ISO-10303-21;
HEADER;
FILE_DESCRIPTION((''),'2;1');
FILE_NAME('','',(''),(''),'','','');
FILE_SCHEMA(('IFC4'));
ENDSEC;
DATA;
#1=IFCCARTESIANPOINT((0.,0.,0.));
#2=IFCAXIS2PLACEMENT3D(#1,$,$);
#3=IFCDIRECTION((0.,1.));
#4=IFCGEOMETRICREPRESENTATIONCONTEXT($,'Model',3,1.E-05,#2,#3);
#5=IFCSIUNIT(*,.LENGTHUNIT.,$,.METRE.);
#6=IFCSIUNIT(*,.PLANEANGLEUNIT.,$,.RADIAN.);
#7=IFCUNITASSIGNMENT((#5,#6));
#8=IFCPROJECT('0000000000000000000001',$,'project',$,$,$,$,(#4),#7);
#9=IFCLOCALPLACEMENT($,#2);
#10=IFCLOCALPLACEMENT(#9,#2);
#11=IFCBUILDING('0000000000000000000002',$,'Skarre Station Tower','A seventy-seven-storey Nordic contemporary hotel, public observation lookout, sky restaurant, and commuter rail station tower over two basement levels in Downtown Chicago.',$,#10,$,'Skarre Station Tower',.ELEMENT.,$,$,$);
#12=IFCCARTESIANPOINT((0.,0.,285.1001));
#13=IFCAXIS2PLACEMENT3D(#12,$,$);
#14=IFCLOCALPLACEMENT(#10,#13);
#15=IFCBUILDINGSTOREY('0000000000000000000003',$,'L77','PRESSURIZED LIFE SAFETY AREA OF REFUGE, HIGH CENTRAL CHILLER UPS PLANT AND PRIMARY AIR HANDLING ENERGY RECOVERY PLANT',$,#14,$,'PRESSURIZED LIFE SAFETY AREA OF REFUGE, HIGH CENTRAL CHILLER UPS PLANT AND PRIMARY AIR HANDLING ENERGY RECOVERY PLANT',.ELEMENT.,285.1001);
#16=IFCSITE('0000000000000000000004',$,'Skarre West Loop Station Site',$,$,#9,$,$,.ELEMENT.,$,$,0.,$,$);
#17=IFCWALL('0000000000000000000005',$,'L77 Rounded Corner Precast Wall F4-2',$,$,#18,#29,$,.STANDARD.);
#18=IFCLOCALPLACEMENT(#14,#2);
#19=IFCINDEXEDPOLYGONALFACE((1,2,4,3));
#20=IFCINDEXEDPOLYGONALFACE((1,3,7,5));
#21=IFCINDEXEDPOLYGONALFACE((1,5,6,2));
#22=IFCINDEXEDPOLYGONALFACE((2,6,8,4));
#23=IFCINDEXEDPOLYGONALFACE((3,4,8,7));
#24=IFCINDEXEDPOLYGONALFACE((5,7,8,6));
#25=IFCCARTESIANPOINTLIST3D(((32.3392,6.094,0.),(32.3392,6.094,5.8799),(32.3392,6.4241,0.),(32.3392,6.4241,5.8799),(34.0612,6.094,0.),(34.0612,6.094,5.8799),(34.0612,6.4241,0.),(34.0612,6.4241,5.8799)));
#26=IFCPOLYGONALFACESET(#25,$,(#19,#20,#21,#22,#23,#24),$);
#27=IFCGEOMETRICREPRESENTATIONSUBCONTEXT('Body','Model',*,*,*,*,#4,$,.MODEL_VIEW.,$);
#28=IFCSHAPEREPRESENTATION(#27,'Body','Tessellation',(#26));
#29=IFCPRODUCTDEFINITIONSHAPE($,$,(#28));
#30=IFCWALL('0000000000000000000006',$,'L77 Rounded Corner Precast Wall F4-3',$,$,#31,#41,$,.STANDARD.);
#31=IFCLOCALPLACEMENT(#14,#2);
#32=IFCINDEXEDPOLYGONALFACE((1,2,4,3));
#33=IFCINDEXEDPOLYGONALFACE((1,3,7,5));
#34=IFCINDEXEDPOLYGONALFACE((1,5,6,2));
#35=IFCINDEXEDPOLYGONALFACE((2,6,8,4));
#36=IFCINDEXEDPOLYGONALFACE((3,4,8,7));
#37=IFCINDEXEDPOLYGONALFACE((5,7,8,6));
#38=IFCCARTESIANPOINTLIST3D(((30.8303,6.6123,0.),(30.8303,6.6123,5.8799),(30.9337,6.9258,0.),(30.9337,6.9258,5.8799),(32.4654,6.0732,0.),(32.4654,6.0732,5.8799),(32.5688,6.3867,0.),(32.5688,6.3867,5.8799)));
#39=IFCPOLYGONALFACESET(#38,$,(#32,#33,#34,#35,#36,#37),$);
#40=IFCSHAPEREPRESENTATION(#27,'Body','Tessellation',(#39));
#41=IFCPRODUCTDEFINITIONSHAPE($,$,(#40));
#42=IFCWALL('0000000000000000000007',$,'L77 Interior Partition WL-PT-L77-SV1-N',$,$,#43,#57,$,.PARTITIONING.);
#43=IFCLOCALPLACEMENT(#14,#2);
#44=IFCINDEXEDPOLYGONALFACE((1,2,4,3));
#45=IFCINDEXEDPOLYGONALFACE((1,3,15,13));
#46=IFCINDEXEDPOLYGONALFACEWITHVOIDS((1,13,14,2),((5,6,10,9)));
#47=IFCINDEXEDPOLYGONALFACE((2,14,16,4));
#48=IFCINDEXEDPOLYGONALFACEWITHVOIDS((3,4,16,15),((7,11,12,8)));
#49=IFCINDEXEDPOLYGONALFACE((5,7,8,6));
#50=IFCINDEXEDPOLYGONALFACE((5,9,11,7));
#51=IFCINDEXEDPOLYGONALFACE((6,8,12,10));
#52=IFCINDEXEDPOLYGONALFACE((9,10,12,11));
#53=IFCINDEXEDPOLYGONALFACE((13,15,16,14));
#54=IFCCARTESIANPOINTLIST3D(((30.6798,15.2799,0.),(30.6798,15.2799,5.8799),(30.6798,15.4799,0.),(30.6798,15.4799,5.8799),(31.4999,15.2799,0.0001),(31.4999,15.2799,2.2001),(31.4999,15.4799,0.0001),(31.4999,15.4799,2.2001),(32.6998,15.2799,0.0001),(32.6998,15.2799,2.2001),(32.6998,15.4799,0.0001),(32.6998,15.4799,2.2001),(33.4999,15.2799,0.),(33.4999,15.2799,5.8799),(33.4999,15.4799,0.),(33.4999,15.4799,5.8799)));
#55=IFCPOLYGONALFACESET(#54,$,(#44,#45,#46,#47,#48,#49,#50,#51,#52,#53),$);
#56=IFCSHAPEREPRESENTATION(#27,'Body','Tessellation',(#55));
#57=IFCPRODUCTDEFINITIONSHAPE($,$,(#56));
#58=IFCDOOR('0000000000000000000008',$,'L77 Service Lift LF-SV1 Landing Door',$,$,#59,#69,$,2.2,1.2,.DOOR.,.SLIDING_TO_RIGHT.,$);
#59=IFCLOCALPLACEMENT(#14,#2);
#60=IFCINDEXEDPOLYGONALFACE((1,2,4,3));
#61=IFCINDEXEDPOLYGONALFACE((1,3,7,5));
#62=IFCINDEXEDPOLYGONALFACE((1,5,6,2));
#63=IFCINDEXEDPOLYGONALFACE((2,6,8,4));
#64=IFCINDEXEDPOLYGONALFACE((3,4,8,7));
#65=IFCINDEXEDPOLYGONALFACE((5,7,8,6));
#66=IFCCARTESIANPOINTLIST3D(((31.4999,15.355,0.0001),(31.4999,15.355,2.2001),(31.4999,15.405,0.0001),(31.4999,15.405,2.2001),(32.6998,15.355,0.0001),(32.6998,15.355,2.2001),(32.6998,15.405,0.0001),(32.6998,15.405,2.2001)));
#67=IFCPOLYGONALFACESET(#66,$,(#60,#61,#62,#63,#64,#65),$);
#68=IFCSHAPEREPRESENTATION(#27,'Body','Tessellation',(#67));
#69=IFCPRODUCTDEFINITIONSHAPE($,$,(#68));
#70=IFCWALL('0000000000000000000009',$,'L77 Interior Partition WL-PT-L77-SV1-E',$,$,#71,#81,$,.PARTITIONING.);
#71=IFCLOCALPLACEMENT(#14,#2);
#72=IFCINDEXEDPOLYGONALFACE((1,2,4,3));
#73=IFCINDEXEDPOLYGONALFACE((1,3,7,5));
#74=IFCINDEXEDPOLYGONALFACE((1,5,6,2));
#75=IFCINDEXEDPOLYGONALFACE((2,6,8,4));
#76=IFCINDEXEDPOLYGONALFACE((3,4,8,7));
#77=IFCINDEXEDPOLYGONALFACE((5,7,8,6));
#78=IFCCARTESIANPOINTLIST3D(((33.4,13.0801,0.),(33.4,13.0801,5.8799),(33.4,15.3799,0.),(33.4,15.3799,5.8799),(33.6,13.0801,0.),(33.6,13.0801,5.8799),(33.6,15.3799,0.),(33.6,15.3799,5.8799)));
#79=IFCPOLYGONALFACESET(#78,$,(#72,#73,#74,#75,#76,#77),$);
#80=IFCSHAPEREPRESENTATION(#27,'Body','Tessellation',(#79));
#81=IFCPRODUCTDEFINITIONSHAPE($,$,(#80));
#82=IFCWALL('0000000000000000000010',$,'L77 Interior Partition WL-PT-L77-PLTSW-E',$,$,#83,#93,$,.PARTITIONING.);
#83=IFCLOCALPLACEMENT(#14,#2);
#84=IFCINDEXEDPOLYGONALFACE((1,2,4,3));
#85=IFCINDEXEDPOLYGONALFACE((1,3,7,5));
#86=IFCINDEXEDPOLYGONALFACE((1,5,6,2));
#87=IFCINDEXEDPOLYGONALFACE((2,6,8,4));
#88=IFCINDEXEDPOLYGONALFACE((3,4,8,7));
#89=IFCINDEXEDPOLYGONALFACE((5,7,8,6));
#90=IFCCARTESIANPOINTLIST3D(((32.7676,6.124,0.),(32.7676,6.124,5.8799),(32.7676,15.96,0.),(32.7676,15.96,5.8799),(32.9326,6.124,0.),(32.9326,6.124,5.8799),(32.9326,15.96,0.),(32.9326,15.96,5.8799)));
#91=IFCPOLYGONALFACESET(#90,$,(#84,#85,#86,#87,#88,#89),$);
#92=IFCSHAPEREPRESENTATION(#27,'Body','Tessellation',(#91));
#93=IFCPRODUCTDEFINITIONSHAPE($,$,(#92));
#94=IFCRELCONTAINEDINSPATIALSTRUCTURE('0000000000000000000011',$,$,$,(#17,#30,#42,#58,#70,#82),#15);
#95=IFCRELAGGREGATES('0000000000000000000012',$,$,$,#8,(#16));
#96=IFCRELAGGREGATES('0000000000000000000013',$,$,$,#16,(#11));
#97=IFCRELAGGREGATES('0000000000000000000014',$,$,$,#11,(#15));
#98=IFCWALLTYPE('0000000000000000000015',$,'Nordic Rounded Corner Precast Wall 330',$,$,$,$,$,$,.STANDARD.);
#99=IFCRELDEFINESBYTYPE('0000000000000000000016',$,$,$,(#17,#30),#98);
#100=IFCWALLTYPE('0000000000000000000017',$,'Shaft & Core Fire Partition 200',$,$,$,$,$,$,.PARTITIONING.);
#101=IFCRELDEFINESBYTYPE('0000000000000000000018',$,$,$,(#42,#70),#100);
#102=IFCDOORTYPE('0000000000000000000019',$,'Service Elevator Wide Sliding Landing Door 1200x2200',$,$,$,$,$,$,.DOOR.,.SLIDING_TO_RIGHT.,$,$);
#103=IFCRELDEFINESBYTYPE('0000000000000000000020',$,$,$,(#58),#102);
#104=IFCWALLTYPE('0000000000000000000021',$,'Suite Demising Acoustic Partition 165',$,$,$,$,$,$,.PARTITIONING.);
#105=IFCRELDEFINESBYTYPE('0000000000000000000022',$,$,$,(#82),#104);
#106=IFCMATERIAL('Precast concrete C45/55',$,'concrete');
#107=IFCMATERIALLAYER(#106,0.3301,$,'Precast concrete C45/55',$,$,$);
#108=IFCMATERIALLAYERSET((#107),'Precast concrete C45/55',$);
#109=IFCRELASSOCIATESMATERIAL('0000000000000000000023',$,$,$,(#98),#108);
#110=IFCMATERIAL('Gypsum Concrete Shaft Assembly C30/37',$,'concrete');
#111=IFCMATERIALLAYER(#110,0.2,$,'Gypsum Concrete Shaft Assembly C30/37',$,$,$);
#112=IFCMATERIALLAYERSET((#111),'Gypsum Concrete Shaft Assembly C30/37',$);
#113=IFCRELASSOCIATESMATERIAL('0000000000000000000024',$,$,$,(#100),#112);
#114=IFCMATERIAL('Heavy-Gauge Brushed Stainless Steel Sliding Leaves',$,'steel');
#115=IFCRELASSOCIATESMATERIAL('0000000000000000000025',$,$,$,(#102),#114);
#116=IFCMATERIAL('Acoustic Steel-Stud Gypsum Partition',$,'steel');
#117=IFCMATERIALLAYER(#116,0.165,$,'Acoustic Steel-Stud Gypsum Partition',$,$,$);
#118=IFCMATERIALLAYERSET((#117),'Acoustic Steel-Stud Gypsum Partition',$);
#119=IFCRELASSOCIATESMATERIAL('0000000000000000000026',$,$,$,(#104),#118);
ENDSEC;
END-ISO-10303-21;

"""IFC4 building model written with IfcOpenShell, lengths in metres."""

from ifc_helpers import new_model, si_unit, direction, frame, frame_2d, origin, place, context, subcontext, project, spatial, rectangle, extrude, material, layer, layer_set, type_object, element, fill, save


model = new_model("IFC4")

# Units and contexts
model_context = context("Model", 3, precision=1e-05, world=origin(), true_north=direction((0.0, 1.0)))
body_context = subcontext(model_context, "Body", "Model", "MODEL_VIEW")
ifc_project = project(units=[si_unit("LENGTHUNIT", "METRE"), si_unit("PLANEANGLEUNIT", "RADIAN")], contexts=[model_context])

# Site, building, storey
site_placement = place(None, origin())
site = spatial("IfcSite", under=ifc_project, at=site_placement, Name="Skarre West Loop Station Site", CompositionType="ELEMENT", RefElevation=0.0)
building_placement = place(site_placement, origin())
building = spatial("IfcBuilding", under=site, at=building_placement, Name="Skarre Station Tower", Description="A seventy-seven-storey Nordic contemporary hotel, public observation lookout, sky restaurant, and commuter rail station tower over two basement levels in Downtown Chicago.", LongName="Skarre Station Tower", CompositionType="ELEMENT")
storey_placement = place(building_placement, frame((0.0, 0.0, 285.1001)))
storey = spatial("IfcBuildingStorey", under=building, at=storey_placement, Name="L77", Description="PRESSURIZED LIFE SAFETY AREA OF REFUGE, HIGH CENTRAL CHILLER UPS PLANT AND PRIMARY AIR HANDLING ENERGY RECOVERY PLANT", LongName="PRESSURIZED LIFE SAFETY AREA OF REFUGE, HIGH CENTRAL CHILLER UPS PLANT AND PRIMARY AIR HANDLING ENERGY RECOVERY PLANT", CompositionType="ELEMENT", Elevation=285.1001)

# Shared definitions
ifc_material_1 = material(Name="Acoustic Steel-Stud Gypsum Partition", Category="steel")

# Walls
ifc_material_2 = material(Name="Precast concrete C45/55", Category="concrete")
ifc_layer_1 = layer(ifc_material_2, 0.3301, Name="Precast concrete C45/55")
ifc_layer_set_1 = layer_set([ifc_layer_1], Name="Precast concrete C45/55")
wall_type_1 = type_object("IfcWallType", Name="Nordic Rounded Corner Precast Wall 330", PredefinedType="STANDARD", material=ifc_layer_set_1)
wall_1_placement = place(storey_placement, frame((34.061, 6.259, 0.0), z_axis=(0.0, 0.0, 1.0), x_axis=(-1.0, 0.0, 0.0)))
element("IfcWall", 1, at=wall_1_placement, inside=storey, type_object=wall_type_1, Name="L77 Rounded Corner Precast Wall F4-2", PredefinedType="STANDARD", context=body_context, shape_type="SweptSolid", body=[
    extrude(rectangle(XDim=1.7219, YDim=0.3301, at=frame_2d((0.8608, 0.0))), origin(), (0.0, 0.0, 1.0), 5.8799),
])
wall_2_placement = place(storey_placement, frame((32.5171, 6.23, 0.0), z_axis=(0.0, 0.0, 1.0), x_axis=(-0.949713, 0.31312, 0.0)))
element("IfcWall", 2, at=wall_2_placement, inside=storey, type_object=wall_type_1, Name="L77 Rounded Corner Precast Wall F4-3", PredefinedType="STANDARD", context=body_context, shape_type="SweptSolid", body=[
    extrude(rectangle(XDim=1.7217, YDim=0.3301, at=frame_2d((0.8608, 0.0))), origin(), (0.0, 0.0, 1.0), 5.8799),
])

# Wall, opening, door
ifc_material_3 = material(Name="Gypsum Concrete Shaft Assembly C30/37", Category="concrete")
ifc_layer_2 = layer(ifc_material_3, 0.2, Name="Gypsum Concrete Shaft Assembly C30/37")
ifc_layer_set_2 = layer_set([ifc_layer_2], Name="Gypsum Concrete Shaft Assembly C30/37")
wall_type_2 = type_object("IfcWallType", Name="Shaft & Core Fire Partition 200", PredefinedType="PARTITIONING", material=ifc_layer_set_2)
wall_3_placement = place(storey_placement, frame((33.5, 15.3799, 0.0), z_axis=(0.0, 0.0, 1.0), x_axis=(-1.0, 0.0, 0.0)))
wall_3 = element("IfcWall", 3, at=wall_3_placement, inside=storey, type_object=wall_type_2, Name="L77 Interior Partition WL-PT-L77-SV1-N", PredefinedType="PARTITIONING", context=body_context, shape_type="SweptSolid", body=[
    extrude(rectangle(XDim=2.8201, YDim=0.2, at=frame_2d((1.4102, 0.0))), origin(), (0.0, 0.0, 1.0), 5.8799),
])
opening_1_placement = place(wall_3_placement, frame((0.8, 0.0, 0.0)))
opening_1 = element("IfcOpeningElement", 4, at=opening_1_placement, cuts=wall_3, PredefinedType="OPENING", context=body_context, shape_type="SweptSolid", body=[
    extrude(rectangle(XDim=1.2, YDim=2.2, at=frame_2d((0.6001, 1.1001))), frame((0.0, 0.1099, 0.0), z_axis=(0.0, -1.0, 0.0), x_axis=(1.0, 0.0, 0.0)), (0.0, 0.0, 1.0), 0.22),
])
ifc_material_4 = material(Name="Heavy-Gauge Brushed Stainless Steel Sliding Leaves", Category="steel")
door_type_1 = type_object("IfcDoorType", Name="Service Elevator Wide Sliding Landing Door 1200x2200", OperationType="SLIDING_TO_RIGHT", PredefinedType="DOOR", material=ifc_material_4)
door_1_placement = place(opening_1_placement, origin())
door_1 = element("IfcDoor", 5, at=door_1_placement, inside=storey, type_object=door_type_1, Name="L77 Service Lift LF-SV1 Landing Door", OperationType="SLIDING_TO_RIGHT", OverallHeight=2.2, OverallWidth=1.2, PredefinedType="DOOR", context=body_context, shape_type="SweptSolid", body=[
    extrude(rectangle(XDim=1.2, YDim=2.2, at=frame_2d((0.6001, 1.1001))), frame((0.0, 0.0249, 0.0), z_axis=(0.0, -1.0, 0.0), x_axis=(1.0, 0.0, 0.0)), (0.0, 0.0, 1.0), 0.05),
])
fill(opening_1, door_1)

# Walls
wall_4_placement = place(storey_placement, frame((33.5, 13.0801, 0.0), z_axis=(0.0, 0.0, 1.0), x_axis=(0.0, 1.0, 0.0)))
element("IfcWall", 6, at=wall_4_placement, inside=storey, type_object=wall_type_2, Name="L77 Interior Partition WL-PT-L77-SV1-E", PredefinedType="PARTITIONING", context=body_context, shape_type="SweptSolid", body=[
    extrude(rectangle(XDim=2.2998, YDim=0.2, at=frame_2d((1.1499, 0.0))), origin(), (0.0, 0.0, 1.0), 5.8799),
])
ifc_layer_3 = layer(ifc_material_1, 0.165, Name="Acoustic Steel-Stud Gypsum Partition")
ifc_layer_set_3 = layer_set([ifc_layer_3], Name="Acoustic Steel-Stud Gypsum Partition")
wall_type_3 = type_object("IfcWallType", Name="Suite Demising Acoustic Partition 165", PredefinedType="PARTITIONING", material=ifc_layer_set_3)
wall_5_placement = place(storey_placement, frame((32.8501, 6.124, 0.0), z_axis=(0.0, 0.0, 1.0), x_axis=(0.0, 1.0, 0.0)))
element("IfcWall", 7, at=wall_5_placement, inside=storey, type_object=wall_type_3, Name="L77 Interior Partition WL-PT-L77-PLTSW-E", PredefinedType="PARTITIONING", context=body_context, shape_type="SweptSolid", body=[
    extrude(rectangle(XDim=9.8359, YDim=0.165, at=frame_2d((4.918, 0.0))), origin(), (0.0, 0.0, 1.0), 5.8799),
])

save(model, "model.ifc")
